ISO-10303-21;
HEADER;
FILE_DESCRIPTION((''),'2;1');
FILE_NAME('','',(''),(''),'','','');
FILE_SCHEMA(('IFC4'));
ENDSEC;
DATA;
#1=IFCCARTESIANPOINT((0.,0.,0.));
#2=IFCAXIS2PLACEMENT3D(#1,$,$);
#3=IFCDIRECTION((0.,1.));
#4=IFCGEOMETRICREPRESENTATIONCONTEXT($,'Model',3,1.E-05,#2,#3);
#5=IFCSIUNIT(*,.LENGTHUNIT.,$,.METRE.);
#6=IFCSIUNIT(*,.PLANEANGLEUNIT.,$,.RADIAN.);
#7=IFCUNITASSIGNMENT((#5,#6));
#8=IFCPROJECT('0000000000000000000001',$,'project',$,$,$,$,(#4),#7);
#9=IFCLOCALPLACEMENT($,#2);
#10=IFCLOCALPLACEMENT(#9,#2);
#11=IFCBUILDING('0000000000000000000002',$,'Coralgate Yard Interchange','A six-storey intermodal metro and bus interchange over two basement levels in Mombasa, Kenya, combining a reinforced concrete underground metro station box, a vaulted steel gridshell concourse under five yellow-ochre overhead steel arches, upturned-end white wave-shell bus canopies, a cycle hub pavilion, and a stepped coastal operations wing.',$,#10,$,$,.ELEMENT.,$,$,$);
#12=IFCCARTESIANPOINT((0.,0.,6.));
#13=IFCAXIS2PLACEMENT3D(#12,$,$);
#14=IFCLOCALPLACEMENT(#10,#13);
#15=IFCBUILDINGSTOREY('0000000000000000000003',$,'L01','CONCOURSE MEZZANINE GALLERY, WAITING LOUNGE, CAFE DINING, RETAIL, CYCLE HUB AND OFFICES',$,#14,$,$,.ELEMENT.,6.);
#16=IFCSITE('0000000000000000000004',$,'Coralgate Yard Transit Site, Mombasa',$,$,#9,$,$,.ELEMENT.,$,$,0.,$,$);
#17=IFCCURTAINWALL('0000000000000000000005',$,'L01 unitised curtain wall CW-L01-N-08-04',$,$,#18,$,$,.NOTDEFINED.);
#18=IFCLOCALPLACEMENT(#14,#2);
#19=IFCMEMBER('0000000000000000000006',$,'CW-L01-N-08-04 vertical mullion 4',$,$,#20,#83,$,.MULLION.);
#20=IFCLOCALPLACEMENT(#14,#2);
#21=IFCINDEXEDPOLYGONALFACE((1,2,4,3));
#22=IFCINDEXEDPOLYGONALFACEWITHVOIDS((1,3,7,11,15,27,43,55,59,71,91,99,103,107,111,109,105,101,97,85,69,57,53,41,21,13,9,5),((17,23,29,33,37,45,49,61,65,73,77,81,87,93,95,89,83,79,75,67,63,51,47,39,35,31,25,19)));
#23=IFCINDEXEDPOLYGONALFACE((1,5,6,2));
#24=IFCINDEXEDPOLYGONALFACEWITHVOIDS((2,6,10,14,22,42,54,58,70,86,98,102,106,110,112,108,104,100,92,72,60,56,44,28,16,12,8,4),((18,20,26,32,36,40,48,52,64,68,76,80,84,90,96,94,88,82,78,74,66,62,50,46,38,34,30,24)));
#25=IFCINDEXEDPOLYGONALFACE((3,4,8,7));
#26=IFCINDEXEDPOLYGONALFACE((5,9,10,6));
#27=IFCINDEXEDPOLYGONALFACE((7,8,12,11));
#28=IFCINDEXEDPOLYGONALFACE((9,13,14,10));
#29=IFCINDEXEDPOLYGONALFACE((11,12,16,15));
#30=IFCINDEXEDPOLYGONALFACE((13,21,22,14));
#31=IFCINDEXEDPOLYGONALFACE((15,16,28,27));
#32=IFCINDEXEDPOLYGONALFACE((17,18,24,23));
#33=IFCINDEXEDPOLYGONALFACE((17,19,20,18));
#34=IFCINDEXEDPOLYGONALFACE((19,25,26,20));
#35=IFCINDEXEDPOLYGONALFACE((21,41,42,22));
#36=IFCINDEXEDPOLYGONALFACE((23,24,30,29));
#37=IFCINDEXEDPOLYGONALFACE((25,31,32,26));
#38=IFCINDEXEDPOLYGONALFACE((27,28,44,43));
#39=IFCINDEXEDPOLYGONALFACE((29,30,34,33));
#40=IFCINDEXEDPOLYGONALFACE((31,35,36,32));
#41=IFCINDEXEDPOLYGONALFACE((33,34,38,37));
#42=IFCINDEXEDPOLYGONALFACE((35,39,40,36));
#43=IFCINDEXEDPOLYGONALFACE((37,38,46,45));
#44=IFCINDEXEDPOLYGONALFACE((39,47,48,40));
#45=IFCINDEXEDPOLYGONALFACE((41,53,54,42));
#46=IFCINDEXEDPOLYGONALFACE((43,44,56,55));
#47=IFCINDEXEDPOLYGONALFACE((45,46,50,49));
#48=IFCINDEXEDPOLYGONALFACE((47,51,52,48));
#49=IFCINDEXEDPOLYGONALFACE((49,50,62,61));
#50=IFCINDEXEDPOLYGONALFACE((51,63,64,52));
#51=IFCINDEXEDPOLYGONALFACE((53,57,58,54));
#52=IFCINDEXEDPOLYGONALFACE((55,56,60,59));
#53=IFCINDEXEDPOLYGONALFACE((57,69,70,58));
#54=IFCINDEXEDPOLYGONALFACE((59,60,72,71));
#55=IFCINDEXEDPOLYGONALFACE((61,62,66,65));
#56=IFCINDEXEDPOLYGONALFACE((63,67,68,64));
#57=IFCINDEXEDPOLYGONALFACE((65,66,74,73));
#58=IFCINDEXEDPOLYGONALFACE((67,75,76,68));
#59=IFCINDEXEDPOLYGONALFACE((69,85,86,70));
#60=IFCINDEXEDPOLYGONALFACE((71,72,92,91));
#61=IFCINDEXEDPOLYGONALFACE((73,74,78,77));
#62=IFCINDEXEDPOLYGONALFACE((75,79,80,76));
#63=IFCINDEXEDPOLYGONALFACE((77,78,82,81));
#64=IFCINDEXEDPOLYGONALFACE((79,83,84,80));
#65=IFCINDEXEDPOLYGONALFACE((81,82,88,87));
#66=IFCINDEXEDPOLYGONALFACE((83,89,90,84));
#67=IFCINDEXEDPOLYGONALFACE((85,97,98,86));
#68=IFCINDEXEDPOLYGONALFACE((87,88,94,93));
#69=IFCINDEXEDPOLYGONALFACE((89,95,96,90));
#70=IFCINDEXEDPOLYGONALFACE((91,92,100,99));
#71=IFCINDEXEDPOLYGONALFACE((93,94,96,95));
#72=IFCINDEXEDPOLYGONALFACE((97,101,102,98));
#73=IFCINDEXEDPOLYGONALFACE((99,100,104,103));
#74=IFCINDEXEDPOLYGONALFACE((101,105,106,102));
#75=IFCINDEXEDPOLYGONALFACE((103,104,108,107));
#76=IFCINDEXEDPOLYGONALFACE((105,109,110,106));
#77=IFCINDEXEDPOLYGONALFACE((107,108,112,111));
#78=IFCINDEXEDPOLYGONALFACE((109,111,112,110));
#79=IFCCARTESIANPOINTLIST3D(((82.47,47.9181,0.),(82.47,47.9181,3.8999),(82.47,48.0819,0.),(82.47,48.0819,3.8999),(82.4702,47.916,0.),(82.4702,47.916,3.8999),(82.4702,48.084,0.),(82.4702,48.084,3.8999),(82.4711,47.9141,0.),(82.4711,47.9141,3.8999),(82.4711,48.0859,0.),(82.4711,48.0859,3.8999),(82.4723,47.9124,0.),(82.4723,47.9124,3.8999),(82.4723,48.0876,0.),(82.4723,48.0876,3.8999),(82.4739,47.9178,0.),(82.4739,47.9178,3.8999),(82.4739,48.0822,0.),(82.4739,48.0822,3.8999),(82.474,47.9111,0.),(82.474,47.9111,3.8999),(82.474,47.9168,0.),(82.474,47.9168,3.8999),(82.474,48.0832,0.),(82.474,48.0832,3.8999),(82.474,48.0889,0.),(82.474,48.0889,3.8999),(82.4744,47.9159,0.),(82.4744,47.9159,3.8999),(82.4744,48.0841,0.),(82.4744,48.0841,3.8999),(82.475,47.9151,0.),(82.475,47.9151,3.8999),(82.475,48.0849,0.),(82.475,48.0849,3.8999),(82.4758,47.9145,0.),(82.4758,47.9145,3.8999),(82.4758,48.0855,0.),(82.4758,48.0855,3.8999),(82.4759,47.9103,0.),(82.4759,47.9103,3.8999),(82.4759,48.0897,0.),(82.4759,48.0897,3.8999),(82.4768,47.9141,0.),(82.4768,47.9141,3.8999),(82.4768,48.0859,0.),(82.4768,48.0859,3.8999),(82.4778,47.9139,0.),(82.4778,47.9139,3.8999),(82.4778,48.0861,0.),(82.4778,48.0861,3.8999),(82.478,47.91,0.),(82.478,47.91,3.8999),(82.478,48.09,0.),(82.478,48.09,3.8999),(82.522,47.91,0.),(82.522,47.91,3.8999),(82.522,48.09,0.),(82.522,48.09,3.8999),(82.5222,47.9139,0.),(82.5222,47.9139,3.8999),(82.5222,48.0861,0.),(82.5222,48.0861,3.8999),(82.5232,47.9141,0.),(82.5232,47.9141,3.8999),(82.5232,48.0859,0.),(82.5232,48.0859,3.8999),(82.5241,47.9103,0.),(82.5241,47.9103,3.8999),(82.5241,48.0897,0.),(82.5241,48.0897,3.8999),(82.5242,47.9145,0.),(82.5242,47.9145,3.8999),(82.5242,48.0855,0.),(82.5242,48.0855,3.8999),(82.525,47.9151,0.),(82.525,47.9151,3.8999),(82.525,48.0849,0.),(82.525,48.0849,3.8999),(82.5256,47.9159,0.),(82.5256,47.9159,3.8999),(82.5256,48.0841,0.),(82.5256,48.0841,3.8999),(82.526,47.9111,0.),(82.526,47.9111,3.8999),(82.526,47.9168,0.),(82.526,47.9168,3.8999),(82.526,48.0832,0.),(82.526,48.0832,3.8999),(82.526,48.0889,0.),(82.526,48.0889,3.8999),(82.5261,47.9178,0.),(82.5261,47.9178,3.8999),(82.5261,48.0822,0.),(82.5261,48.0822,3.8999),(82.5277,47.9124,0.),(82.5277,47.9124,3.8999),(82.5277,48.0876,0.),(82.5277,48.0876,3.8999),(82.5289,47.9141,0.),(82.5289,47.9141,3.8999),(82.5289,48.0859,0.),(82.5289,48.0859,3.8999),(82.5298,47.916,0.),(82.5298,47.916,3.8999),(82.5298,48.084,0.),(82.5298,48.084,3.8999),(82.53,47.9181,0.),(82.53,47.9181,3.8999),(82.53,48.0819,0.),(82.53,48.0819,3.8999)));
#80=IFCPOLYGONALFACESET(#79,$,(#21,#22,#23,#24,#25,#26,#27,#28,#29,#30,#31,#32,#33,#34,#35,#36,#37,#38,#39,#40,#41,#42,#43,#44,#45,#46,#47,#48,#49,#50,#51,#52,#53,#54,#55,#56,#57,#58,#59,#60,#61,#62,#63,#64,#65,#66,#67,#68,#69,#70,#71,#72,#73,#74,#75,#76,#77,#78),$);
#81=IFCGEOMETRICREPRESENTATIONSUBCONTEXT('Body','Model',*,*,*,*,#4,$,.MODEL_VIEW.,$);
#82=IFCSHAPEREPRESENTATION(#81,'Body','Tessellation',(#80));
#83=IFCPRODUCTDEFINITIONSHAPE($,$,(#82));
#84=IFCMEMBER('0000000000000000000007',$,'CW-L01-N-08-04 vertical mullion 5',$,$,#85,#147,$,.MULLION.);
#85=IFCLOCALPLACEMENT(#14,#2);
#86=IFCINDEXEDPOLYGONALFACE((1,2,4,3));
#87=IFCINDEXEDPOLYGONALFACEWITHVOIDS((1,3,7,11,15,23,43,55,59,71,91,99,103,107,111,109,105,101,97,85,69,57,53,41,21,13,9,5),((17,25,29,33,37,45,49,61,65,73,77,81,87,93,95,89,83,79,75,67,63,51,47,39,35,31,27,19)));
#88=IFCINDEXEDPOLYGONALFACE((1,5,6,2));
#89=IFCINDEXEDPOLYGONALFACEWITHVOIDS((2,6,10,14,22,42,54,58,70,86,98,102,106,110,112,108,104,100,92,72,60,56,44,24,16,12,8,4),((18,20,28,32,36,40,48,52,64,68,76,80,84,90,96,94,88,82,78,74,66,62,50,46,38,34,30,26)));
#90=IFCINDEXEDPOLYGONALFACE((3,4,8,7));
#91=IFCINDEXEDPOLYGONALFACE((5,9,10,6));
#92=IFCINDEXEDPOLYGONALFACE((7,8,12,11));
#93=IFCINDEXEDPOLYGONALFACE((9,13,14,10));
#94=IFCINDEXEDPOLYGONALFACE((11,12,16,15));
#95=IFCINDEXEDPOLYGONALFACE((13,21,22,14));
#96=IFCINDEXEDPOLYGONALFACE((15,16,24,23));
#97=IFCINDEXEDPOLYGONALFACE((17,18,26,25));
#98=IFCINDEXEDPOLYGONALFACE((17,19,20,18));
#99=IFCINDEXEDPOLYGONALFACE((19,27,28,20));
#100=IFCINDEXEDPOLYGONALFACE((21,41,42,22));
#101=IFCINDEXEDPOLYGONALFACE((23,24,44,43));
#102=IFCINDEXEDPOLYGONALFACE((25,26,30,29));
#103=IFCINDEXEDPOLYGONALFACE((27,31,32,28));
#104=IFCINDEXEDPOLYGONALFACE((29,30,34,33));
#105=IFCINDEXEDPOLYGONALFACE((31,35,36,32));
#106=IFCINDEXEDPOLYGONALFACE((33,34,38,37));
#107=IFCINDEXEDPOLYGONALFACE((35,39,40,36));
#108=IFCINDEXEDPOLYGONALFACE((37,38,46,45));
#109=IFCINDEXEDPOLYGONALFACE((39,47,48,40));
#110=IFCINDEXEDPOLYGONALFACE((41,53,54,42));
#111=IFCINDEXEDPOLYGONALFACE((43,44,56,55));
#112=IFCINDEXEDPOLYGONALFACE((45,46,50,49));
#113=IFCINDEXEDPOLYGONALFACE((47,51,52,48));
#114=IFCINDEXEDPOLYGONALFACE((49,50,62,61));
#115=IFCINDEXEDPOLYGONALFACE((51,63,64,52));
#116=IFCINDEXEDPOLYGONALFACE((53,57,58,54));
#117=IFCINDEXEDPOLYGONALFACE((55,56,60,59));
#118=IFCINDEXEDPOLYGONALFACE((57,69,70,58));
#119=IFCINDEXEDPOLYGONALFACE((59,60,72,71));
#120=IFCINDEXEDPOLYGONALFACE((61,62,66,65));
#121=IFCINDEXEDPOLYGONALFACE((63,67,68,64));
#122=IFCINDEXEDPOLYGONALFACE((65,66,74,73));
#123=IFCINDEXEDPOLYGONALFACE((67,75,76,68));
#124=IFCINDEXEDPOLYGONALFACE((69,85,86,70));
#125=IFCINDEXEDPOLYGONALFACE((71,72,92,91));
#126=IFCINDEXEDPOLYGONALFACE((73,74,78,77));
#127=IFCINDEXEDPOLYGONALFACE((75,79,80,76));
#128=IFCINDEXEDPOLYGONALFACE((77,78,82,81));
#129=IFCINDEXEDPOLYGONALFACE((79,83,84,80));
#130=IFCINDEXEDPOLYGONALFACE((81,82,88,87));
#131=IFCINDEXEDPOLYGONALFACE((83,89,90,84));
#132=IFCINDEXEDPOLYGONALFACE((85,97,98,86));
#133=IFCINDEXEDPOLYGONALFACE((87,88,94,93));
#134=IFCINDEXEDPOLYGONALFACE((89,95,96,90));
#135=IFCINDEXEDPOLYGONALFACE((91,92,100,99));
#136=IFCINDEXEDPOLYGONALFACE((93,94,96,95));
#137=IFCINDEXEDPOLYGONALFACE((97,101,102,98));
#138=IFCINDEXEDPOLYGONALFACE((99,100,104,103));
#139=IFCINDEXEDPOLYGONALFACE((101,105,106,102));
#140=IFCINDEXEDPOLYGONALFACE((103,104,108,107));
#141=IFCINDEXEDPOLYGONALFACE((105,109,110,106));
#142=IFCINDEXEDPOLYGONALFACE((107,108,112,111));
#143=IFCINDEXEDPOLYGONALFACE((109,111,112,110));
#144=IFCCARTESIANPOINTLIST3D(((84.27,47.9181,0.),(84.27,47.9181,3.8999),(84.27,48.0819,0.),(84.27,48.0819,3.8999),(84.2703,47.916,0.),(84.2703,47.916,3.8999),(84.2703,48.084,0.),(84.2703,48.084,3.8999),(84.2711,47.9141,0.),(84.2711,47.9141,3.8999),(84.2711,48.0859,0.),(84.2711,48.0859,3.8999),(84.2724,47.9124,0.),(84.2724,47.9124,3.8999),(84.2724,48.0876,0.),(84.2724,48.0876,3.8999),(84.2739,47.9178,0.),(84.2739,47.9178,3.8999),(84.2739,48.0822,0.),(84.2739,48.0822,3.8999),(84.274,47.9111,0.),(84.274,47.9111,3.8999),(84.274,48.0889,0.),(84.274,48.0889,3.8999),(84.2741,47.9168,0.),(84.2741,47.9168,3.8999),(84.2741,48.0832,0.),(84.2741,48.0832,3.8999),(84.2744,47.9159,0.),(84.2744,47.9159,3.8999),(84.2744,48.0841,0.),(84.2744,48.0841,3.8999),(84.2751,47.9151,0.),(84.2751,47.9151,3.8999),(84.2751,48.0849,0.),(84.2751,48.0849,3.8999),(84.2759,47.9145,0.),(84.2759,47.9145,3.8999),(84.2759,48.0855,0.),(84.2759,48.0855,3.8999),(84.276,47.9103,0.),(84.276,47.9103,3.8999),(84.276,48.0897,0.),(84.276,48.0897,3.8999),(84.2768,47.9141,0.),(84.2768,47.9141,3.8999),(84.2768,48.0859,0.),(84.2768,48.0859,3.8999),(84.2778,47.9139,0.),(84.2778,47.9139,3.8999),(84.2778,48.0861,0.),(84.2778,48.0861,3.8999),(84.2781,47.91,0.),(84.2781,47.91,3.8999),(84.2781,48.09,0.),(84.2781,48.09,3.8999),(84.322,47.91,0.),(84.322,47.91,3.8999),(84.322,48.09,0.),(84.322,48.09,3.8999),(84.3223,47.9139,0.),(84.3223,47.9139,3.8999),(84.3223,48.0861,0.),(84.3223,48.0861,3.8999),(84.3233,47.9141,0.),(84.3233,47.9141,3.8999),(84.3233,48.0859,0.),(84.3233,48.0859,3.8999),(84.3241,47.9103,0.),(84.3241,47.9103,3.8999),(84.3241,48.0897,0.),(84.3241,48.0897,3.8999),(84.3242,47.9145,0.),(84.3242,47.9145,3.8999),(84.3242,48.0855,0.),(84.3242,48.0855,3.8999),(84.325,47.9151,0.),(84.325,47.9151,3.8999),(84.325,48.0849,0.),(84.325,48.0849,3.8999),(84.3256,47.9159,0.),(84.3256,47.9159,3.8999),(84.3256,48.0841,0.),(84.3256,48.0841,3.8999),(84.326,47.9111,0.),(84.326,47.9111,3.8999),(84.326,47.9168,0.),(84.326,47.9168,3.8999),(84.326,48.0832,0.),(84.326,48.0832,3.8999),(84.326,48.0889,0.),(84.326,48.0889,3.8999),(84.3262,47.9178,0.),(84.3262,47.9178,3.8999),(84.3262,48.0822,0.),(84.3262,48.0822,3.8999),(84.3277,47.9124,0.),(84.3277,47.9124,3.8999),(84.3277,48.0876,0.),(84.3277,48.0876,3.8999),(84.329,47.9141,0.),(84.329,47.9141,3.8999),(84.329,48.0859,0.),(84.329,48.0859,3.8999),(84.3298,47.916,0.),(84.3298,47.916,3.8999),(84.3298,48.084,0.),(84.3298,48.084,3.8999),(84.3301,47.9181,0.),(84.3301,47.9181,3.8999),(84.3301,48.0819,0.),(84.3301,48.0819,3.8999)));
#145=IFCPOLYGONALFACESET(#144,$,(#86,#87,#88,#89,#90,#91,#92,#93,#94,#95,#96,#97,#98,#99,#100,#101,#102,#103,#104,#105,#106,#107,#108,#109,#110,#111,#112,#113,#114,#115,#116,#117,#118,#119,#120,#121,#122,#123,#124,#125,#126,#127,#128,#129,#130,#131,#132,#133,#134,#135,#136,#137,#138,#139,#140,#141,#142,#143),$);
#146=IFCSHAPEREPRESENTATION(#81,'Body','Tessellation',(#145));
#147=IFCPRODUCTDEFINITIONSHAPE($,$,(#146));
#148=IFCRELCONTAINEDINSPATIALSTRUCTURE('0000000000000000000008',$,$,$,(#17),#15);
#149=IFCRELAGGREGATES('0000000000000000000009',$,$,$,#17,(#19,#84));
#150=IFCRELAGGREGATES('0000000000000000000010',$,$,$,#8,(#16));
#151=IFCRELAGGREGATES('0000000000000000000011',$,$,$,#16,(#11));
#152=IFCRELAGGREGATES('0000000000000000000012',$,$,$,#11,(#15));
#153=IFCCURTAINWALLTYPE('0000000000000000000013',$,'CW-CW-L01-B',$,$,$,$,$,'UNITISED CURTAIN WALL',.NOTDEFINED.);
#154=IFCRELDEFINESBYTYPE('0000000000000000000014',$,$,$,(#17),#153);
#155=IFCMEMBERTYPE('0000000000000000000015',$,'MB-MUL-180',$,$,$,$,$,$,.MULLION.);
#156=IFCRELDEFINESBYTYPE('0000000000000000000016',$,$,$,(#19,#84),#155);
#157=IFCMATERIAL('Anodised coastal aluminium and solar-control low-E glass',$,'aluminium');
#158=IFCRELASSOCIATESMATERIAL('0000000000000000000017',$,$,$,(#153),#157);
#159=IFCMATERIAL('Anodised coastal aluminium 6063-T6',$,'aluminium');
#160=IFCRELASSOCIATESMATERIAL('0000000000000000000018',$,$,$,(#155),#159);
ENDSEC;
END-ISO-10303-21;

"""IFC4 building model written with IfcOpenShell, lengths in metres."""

from ifc_helpers import new_model, si_unit, direction, frame, origin, origin_2d, place, context, subcontext, project, spatial, hollow_rectangle, extrude, material, material_profile, profile_set, type_object, element, aggregate, save


model = new_model("IFC4")

# Units and contexts
model_context = context("Model", 3, precision=1e-05, world=origin(), true_north=direction((0.0, 1.0)))
body_context = subcontext(model_context, "Body", "Model", "MODEL_VIEW")
ifc_project = project(units=[si_unit("LENGTHUNIT", "METRE"), si_unit("PLANEANGLEUNIT", "RADIAN")], contexts=[model_context])

# Site, building, storey
site_placement = place(None, origin())
site = spatial("IfcSite", under=ifc_project, at=site_placement, Name="Coralgate Yard Transit Site, Mombasa", CompositionType="ELEMENT", RefElevation=0.0)
building_placement = place(site_placement, origin())
building = spatial("IfcBuilding", under=site, at=building_placement, Name="Coralgate Yard Interchange", Description="A six-storey intermodal metro and bus interchange over two basement levels in Mombasa, Kenya, combining a reinforced concrete underground metro station box, a vaulted steel gridshell concourse under five yellow-ochre overhead steel arches, upturned-end white wave-shell bus canopies, a cycle hub pavilion, and a stepped coastal operations wing.", CompositionType="ELEMENT")
storey_placement = place(building_placement, frame((0.0, 0.0, 6.0)))
storey = spatial("IfcBuildingStorey", under=building, at=storey_placement, Name="L01", Description="CONCOURSE MEZZANINE GALLERY, WAITING LOUNGE, CAFE DINING, RETAIL, CYCLE HUB AND OFFICES", CompositionType="ELEMENT", Elevation=6.0)

# Curtain wall, members
ifc_material_1 = material(Name="Anodised coastal aluminium and solar-control low-E glass", Category="aluminium")
curtain_wall_type = type_object("IfcCurtainWallType", Name="CW-CW-L01-B", ElementType="UNITISED CURTAIN WALL", PredefinedType="NOTDEFINED", material=ifc_material_1)
curtain_wall_placement = place(storey_placement, origin())
curtain_wall = element("IfcCurtainWall", 1, at=curtain_wall_placement, inside=storey, type_object=curtain_wall_type, Name="L01 unitised curtain wall CW-L01-N-08-04", PredefinedType="NOTDEFINED")
ifc_material_2 = material(Name="Anodised coastal aluminium 6063-T6", Category="aluminium")
ifc_material_profile_1 = material_profile(ifc_material_2, hollow_rectangle(XDim=0.0601, YDim=0.1799, WallThickness=0.0039, InnerFilletRadius=0.0039, OuterFilletRadius=0.0081, at=origin_2d()), Name="ALU 60x180x4")
ifc_profile_set_1 = profile_set([ifc_material_profile_1], Name="Anodised coastal aluminium 6063-T6")
member_type_1 = type_object("IfcMemberType", Name="MB-MUL-180", PredefinedType="MULLION", material=ifc_profile_set_1)
member_1_placement = place(storey_placement, frame((82.5, 48.0, 0.0), z_axis=(0.0, 0.0, 1.0), x_axis=(1.0, 0.0, 0.0)))
member_1 = element("IfcMember", 2, at=member_1_placement, type_object=member_type_1, Name="CW-L01-N-08-04 vertical mullion 4", PredefinedType="MULLION", context=body_context, shape_type="SweptSolid", body=[
    extrude(hollow_rectangle(XDim=0.0601, YDim=0.1799, WallThickness=0.0039, InnerFilletRadius=0.0039, OuterFilletRadius=0.0081, at=origin_2d()), origin(), (0.0, 0.0, 1.0), 3.8999),
])
member_2_placement = place(storey_placement, frame((84.3, 48.0, 0.0), z_axis=(0.0, 0.0, 1.0), x_axis=(1.0, 0.0, 0.0)))
member_2 = element("IfcMember", 3, at=member_2_placement, type_object=member_type_1, Name="CW-L01-N-08-04 vertical mullion 5", PredefinedType="MULLION", context=body_context, shape_type="SweptSolid", body=[
    extrude(hollow_rectangle(XDim=0.0601, YDim=0.1799, WallThickness=0.0039, InnerFilletRadius=0.0039, OuterFilletRadius=0.0081, at=origin_2d()), origin(), (0.0, 0.0, 1.0), 3.8999),
])
aggregate(curtain_wall, [member_1, member_2])

save(model, "model.ifc")
